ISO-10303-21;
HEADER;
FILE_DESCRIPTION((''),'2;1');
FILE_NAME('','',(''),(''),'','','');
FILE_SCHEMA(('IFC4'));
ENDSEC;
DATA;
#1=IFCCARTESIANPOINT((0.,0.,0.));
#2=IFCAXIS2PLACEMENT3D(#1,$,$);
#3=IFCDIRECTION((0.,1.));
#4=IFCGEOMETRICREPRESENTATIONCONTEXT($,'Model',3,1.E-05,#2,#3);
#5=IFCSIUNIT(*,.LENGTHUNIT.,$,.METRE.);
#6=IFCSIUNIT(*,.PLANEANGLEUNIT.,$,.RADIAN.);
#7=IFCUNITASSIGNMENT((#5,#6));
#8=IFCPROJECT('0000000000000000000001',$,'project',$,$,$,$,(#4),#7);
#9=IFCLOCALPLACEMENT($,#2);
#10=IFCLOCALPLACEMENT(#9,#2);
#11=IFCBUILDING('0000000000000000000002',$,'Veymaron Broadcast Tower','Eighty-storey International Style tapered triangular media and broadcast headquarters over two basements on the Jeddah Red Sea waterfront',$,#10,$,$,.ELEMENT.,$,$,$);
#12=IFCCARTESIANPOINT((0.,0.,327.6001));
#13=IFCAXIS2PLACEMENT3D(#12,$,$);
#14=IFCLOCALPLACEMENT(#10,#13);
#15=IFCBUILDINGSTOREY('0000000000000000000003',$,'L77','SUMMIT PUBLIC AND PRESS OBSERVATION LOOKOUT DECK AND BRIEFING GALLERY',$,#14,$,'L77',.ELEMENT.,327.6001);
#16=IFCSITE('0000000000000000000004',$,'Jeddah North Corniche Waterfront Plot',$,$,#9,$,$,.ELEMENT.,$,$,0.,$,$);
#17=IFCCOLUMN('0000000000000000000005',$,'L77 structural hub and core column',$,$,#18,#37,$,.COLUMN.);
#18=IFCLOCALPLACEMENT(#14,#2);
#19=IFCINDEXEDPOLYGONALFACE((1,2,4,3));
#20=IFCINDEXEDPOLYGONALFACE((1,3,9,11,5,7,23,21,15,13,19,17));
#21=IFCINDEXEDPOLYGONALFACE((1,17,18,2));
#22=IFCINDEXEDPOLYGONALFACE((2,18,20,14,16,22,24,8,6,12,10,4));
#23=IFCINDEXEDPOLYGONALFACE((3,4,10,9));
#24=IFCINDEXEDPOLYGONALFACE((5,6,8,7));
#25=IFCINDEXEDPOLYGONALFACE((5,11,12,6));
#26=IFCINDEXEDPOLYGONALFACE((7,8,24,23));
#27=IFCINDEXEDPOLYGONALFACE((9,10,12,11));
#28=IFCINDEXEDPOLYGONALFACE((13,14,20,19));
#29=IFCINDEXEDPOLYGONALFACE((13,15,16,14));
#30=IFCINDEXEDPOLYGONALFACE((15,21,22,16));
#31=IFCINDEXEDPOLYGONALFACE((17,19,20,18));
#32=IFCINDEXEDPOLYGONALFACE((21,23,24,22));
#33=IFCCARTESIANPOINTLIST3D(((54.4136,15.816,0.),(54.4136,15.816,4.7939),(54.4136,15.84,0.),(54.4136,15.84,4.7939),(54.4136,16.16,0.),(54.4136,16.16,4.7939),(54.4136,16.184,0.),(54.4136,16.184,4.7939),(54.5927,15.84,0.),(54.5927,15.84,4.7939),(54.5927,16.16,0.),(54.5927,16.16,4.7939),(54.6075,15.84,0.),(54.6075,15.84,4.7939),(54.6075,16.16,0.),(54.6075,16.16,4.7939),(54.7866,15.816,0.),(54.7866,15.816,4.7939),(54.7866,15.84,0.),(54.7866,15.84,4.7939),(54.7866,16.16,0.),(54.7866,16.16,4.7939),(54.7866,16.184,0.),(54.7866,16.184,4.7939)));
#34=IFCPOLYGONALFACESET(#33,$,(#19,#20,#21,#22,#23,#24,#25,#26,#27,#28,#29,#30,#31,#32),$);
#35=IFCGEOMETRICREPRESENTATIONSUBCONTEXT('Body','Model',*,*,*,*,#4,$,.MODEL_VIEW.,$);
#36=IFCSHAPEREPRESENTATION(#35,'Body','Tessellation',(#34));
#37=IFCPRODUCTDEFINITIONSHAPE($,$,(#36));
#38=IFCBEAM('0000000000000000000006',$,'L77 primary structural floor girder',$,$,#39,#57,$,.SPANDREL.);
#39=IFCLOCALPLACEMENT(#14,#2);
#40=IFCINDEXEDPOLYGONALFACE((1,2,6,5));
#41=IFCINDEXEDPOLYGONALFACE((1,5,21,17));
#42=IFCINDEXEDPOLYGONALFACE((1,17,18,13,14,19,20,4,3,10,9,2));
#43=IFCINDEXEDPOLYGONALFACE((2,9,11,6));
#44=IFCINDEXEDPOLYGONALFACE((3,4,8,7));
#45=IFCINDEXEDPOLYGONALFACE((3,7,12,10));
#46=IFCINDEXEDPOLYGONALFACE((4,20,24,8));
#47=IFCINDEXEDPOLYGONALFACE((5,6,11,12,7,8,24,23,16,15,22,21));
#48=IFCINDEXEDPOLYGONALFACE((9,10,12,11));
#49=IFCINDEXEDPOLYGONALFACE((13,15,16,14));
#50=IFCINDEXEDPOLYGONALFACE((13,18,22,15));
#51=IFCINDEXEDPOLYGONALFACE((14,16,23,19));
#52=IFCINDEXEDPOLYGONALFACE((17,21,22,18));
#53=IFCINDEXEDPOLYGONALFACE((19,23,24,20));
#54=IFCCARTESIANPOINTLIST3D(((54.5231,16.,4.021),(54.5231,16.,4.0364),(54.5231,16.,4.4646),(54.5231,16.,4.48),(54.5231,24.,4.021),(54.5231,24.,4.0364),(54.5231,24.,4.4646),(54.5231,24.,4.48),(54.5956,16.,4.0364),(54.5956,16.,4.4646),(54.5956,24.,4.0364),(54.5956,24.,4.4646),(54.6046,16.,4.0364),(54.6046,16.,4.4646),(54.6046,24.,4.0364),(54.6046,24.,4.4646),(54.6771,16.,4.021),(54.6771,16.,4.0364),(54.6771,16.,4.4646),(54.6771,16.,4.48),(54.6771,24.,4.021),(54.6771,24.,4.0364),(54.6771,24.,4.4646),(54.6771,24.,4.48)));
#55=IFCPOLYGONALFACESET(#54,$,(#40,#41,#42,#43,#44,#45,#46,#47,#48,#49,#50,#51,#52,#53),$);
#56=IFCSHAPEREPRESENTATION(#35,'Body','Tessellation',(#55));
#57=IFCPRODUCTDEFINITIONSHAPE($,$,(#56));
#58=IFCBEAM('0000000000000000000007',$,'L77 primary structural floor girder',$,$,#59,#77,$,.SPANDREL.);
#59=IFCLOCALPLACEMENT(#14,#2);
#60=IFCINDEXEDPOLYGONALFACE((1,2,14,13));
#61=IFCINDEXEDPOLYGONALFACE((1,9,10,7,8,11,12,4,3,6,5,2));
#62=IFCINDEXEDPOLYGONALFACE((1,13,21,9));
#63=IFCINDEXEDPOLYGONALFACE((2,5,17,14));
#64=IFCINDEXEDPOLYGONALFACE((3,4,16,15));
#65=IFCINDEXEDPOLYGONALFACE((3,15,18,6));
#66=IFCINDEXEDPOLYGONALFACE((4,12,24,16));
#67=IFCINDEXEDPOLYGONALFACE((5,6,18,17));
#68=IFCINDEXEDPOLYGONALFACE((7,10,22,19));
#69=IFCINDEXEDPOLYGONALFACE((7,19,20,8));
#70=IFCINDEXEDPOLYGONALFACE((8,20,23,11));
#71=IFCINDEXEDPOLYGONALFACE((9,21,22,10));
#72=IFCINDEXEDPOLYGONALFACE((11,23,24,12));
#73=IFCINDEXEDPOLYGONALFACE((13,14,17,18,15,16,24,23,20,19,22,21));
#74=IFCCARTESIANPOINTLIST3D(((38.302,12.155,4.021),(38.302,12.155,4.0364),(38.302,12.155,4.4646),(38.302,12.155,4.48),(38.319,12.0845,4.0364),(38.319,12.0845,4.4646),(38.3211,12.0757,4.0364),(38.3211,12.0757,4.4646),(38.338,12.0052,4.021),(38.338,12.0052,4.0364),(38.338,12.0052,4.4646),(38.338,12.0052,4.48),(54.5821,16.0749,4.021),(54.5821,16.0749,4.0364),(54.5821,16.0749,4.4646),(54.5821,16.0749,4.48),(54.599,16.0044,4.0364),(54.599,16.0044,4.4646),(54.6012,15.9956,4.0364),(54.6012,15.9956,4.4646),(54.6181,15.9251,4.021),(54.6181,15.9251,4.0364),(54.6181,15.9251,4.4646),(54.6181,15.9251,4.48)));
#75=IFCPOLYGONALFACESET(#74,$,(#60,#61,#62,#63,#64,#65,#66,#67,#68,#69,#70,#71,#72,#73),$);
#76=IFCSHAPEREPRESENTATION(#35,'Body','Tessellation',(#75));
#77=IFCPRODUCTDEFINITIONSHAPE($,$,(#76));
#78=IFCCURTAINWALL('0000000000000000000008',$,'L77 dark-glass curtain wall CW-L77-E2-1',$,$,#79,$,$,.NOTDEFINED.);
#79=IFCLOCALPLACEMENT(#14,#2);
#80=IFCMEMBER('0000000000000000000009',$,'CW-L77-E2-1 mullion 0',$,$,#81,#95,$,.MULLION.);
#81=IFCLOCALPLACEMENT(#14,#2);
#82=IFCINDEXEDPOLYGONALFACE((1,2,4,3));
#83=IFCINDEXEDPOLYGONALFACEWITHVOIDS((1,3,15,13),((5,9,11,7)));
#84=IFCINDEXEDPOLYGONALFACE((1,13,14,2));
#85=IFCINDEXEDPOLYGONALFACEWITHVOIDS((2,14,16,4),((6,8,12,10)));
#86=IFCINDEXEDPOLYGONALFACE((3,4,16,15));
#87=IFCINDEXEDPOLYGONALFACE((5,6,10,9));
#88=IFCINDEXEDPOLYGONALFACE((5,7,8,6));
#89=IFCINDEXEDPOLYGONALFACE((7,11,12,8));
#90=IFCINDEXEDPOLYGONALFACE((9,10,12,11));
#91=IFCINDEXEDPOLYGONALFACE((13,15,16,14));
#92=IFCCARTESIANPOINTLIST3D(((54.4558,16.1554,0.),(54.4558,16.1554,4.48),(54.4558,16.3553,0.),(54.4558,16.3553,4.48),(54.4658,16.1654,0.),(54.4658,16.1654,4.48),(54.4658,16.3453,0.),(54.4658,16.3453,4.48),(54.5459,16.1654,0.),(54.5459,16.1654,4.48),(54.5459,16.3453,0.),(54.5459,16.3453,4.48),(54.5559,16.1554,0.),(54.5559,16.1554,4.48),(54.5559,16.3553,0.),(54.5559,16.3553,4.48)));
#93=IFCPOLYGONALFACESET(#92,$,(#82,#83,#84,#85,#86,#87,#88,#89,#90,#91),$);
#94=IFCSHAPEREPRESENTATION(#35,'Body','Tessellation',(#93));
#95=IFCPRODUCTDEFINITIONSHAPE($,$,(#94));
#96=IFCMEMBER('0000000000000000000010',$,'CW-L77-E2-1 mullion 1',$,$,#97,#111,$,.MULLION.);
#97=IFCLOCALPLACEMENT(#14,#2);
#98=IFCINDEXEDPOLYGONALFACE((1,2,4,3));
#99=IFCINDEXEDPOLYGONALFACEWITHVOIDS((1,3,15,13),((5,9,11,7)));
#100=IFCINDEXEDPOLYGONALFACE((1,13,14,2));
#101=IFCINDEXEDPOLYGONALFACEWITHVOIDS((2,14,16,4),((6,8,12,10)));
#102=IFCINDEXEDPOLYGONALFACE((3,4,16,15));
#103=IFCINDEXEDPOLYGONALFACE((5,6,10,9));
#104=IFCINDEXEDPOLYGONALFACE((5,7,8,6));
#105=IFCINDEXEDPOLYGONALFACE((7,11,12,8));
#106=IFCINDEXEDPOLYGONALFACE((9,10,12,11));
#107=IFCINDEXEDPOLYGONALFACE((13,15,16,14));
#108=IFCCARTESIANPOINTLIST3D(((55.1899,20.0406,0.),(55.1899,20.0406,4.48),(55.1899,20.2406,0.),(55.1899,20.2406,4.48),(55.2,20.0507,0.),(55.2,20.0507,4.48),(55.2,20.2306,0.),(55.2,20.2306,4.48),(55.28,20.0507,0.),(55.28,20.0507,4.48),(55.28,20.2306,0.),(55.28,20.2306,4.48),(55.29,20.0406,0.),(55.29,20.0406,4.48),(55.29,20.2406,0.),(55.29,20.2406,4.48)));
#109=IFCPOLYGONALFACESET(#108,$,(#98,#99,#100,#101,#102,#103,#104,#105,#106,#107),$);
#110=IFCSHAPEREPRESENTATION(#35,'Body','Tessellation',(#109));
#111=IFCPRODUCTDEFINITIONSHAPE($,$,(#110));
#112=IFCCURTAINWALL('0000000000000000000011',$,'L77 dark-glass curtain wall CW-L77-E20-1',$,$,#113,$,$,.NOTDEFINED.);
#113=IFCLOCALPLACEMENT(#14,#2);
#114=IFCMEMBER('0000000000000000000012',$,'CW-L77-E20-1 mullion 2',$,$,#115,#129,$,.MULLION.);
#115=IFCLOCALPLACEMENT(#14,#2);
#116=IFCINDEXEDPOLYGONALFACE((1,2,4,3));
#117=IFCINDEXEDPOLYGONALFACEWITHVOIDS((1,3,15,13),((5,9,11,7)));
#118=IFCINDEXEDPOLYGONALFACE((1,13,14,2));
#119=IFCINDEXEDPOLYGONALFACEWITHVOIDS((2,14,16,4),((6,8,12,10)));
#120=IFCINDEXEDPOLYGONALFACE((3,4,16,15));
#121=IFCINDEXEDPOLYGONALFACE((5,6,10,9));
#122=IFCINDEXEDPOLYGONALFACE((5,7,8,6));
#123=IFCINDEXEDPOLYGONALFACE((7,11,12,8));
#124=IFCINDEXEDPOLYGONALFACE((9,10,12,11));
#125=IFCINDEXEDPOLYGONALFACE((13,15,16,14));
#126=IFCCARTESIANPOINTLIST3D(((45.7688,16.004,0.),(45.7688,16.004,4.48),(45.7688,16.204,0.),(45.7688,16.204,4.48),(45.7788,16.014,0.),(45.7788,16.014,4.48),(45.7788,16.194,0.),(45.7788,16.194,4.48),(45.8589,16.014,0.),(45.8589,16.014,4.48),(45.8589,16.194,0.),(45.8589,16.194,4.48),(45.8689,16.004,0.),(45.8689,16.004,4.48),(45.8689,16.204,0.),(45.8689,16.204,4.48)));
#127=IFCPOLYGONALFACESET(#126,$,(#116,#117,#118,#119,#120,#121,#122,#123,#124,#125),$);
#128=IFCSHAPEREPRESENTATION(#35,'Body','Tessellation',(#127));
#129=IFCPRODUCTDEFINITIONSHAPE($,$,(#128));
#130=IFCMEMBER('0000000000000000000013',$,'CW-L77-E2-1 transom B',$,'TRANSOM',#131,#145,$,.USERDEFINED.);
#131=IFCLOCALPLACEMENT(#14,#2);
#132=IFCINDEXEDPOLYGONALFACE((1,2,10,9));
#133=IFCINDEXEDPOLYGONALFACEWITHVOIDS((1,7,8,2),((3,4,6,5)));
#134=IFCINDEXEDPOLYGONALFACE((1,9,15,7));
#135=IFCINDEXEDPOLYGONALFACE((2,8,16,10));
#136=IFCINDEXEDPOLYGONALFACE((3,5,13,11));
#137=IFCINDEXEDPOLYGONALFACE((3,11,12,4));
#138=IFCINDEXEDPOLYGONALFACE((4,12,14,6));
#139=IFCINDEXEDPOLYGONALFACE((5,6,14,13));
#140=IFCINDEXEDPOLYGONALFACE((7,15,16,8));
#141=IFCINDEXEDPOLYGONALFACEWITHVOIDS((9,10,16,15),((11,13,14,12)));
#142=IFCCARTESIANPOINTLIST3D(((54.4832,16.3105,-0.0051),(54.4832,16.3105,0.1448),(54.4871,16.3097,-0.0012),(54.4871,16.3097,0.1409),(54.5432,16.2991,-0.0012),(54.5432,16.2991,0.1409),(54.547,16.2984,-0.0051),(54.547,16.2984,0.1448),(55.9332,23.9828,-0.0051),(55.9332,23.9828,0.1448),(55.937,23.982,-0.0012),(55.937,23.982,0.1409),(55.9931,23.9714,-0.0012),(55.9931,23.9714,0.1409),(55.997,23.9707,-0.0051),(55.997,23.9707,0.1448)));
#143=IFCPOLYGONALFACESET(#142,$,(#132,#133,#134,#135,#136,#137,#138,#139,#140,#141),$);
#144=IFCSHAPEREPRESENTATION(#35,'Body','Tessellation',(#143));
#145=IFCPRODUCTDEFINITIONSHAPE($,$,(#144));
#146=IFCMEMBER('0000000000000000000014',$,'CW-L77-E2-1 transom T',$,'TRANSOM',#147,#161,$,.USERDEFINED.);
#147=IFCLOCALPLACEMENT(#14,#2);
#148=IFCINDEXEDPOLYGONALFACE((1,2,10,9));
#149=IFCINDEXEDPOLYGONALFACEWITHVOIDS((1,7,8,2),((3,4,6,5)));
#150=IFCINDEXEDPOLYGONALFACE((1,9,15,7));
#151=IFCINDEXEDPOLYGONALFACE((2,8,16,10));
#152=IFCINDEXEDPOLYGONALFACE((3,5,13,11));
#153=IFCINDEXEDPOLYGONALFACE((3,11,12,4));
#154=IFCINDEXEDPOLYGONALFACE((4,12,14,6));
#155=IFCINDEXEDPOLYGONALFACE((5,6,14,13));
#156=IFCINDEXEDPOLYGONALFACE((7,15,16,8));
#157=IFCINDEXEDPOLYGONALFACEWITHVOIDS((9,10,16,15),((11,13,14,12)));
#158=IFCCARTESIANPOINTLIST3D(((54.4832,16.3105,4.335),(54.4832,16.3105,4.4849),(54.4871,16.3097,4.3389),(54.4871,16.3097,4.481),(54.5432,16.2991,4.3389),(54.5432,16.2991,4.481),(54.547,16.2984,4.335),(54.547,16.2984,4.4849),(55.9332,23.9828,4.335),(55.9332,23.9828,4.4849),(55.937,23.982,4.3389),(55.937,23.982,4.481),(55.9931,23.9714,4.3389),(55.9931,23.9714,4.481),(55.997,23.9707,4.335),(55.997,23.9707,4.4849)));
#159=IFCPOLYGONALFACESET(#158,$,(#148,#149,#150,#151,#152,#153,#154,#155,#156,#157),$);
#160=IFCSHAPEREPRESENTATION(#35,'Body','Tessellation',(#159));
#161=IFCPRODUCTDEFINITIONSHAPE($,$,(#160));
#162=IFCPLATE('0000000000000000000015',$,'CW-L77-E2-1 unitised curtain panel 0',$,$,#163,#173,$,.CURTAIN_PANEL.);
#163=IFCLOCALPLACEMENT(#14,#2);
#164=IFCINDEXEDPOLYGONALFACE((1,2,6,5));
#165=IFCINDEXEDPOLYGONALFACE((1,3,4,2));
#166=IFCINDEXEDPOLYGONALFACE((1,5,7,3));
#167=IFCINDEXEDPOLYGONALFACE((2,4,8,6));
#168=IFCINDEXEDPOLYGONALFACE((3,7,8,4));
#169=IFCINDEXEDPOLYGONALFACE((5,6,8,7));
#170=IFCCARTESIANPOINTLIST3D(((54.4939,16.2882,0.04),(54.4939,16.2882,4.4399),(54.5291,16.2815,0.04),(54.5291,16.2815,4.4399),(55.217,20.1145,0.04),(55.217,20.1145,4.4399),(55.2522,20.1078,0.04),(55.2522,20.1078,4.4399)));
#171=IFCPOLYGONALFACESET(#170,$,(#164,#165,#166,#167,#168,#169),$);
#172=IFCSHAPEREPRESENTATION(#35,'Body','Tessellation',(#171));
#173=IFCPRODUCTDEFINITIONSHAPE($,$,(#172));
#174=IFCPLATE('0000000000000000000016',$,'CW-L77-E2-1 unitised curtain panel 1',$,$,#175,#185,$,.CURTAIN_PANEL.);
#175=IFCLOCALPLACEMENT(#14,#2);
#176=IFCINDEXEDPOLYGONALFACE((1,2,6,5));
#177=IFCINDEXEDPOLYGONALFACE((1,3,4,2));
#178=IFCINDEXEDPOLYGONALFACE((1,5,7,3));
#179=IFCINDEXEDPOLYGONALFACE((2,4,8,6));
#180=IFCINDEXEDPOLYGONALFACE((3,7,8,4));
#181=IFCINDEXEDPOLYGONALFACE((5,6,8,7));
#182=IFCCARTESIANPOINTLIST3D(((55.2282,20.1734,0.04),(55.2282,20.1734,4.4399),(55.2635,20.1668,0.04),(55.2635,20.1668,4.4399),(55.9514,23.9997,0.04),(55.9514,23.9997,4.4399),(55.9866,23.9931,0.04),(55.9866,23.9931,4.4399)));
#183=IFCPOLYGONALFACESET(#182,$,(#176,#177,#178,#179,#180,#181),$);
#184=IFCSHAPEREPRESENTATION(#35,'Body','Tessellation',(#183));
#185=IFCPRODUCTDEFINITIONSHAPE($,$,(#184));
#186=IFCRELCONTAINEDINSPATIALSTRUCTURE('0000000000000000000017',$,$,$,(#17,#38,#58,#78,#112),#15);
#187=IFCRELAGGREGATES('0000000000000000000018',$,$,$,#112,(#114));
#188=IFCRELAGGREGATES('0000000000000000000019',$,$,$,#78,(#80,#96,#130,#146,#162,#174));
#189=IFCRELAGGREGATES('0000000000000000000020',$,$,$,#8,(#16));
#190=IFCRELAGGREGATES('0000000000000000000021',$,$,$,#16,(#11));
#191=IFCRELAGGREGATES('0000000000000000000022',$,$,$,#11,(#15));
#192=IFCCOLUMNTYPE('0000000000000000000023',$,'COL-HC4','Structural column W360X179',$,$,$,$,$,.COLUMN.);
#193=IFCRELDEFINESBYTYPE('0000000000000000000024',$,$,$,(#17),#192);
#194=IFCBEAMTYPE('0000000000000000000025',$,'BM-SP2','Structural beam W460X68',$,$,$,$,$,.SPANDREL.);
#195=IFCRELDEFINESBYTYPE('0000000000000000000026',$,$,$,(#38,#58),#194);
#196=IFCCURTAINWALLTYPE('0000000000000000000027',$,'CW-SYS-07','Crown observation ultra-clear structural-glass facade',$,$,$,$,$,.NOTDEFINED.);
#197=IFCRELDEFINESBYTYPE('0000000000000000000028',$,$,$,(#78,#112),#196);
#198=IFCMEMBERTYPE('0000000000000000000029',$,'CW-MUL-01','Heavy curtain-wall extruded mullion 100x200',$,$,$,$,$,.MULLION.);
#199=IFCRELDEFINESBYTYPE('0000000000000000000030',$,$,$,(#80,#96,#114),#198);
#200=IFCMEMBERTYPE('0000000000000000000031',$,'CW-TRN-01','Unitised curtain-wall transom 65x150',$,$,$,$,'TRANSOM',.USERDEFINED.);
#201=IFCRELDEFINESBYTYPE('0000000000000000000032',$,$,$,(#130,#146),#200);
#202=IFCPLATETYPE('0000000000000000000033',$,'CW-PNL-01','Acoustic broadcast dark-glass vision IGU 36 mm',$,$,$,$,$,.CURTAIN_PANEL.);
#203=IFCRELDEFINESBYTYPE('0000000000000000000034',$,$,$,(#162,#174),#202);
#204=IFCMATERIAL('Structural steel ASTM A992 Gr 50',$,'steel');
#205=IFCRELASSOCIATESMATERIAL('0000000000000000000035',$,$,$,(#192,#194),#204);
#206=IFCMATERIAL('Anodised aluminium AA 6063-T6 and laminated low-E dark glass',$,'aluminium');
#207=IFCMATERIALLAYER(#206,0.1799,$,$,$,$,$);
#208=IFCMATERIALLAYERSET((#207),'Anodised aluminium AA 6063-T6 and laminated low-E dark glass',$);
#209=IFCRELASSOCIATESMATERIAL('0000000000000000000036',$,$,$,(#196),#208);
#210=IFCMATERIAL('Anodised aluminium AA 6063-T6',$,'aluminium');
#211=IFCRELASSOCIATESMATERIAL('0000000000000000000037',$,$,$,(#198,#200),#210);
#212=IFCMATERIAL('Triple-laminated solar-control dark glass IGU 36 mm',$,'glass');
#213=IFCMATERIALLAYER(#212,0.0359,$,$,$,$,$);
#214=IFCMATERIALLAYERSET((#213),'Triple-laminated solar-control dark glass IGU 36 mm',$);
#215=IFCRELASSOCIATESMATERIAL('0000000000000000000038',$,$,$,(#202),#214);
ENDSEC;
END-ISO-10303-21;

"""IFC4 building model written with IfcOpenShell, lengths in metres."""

from ifc_helpers import new_model, si_unit, direction, frame, origin, origin_2d, place, context, subcontext, project, spatial, rectangle, hollow_rectangle, i_section, extrude, material, layer, layer_set, material_profile, profile_set, type_object, element, aggregate, save


model = new_model("IFC4")

# Units and contexts
model_context = context("Model", 3, precision=1e-05, world=origin(), true_north=direction((0.0, 1.0)))
body_context = subcontext(model_context, "Body", "Model", "MODEL_VIEW")
ifc_project = project(units=[si_unit("LENGTHUNIT", "METRE"), si_unit("PLANEANGLEUNIT", "RADIAN")], contexts=[model_context])

# Site, building, storey
site_placement = place(None, origin())
site = spatial("IfcSite", under=ifc_project, at=site_placement, Name="Jeddah North Corniche Waterfront Plot", CompositionType="ELEMENT", RefElevation=0.0)
building_placement = place(site_placement, origin())
building = spatial("IfcBuilding", under=site, at=building_placement, Name="Veymaron Broadcast Tower", Description="Eighty-storey International Style tapered triangular media and broadcast headquarters over two basements on the Jeddah Red Sea waterfront", CompositionType="ELEMENT")
storey_placement = place(building_placement, frame((0.0, 0.0, 327.6001)))
storey = spatial("IfcBuildingStorey", under=building, at=storey_placement, Name="L77", Description="SUMMIT PUBLIC AND PRESS OBSERVATION LOOKOUT DECK AND BRIEFING GALLERY", LongName="L77", CompositionType="ELEMENT", Elevation=327.6001)

# Column
ifc_material_1 = material(Name="Structural steel ASTM A992 Gr 50", Category="steel")
ifc_material_profile_1 = material_profile(ifc_material_1, i_section(OverallWidth=0.373, OverallDepth=0.3679, WebThickness=0.0149, FlangeThickness=0.0239, at=origin_2d()), Name="W360X179")
ifc_profile_set_1 = profile_set([ifc_material_profile_1], Name="Structural steel ASTM A992 Gr 50")
column_type = type_object("IfcColumnType", Name="COL-HC4", Description="Structural column W360X179", PredefinedType="COLUMN", material=ifc_profile_set_1)
column_placement = place(storey_placement, frame((54.6001, 16.0, 0.0), z_axis=(0.0, 0.0, 1.0), x_axis=(1.0, 0.0, 0.0)))
element("IfcColumn", 1, at=column_placement, inside=storey, type_object=column_type, Name="L77 structural hub and core column", PredefinedType="COLUMN", context=body_context, shape_type="SweptSolid", body=[
    extrude(i_section(OverallWidth=0.373, OverallDepth=0.3679, WebThickness=0.0149, FlangeThickness=0.0239, at=origin_2d()), origin(), (0.0, 0.0, 1.0), 4.7939),
])

# Beams
ifc_material_profile_2 = material_profile(ifc_material_1, i_section(OverallWidth=0.1541, OverallDepth=0.459, WebThickness=0.009, FlangeThickness=0.0154, at=origin_2d()), Name="W460X68")
ifc_profile_set_2 = profile_set([ifc_material_profile_2], Name="Structural steel ASTM A992 Gr 50")
beam_type = type_object("IfcBeamType", Name="BM-SP2", Description="Structural beam W460X68", PredefinedType="SPANDREL", material=ifc_profile_set_2)
beam_1_placement = place(storey_placement, frame((54.6001, 16.0, 4.2505), z_axis=(0.0, 1.0, 0.0), x_axis=(-1.0, 0.0, 0.0)))
element("IfcBeam", 2, at=beam_1_placement, inside=storey, type_object=beam_type, Name="L77 primary structural floor girder", PredefinedType="SPANDREL", context=body_context, shape_type="SweptSolid", body=[
    extrude(i_section(OverallWidth=0.1541, OverallDepth=0.459, WebThickness=0.009, FlangeThickness=0.0154, at=origin_2d()), origin(), (0.0, 0.0, 1.0), 8.0),
])
beam_2_placement = place(storey_placement, frame((54.6001, 16.0, 4.2505), z_axis=(-0.972215, -0.234091, 0.0), x_axis=(0.234091, -0.972215, 0.0)))
element("IfcBeam", 3, at=beam_2_placement, inside=storey, type_object=beam_type, Name="L77 primary structural floor girder", PredefinedType="SPANDREL", context=body_context, shape_type="SweptSolid", body=[
    extrude(i_section(OverallWidth=0.1541, OverallDepth=0.459, WebThickness=0.009, FlangeThickness=0.0154, at=origin_2d()), origin(), (0.0, 0.0, 1.0), 16.7454),
])

# Curtain wall, members
ifc_material_2 = material(Name="Anodised aluminium AA 6063-T6 and laminated low-E dark glass", Category="aluminium")
ifc_layer_1 = layer(ifc_material_2, 0.1799)
ifc_layer_set_1 = layer_set([ifc_layer_1], Name="Anodised aluminium AA 6063-T6 and laminated low-E dark glass")
curtain_wall_type = type_object("IfcCurtainWallType", Name="CW-SYS-07", Description="Crown observation ultra-clear structural-glass facade", PredefinedType="NOTDEFINED", material=ifc_layer_set_1)
curtain_wall_1_placement = place(storey_placement, origin())
curtain_wall_1 = element("IfcCurtainWall", 4, at=curtain_wall_1_placement, inside=storey, type_object=curtain_wall_type, Name="L77 dark-glass curtain wall CW-L77-E2-1", PredefinedType="NOTDEFINED")
ifc_material_3 = material(Name="Anodised aluminium AA 6063-T6", Category="aluminium")
ifc_material_profile_3 = material_profile(ifc_material_3, hollow_rectangle(XDim=0.1001, YDim=0.2, WallThickness=0.01, at=origin_2d()), Name="RHS200X100X10")
ifc_profile_set_3 = profile_set([ifc_material_profile_3], Name="Anodised aluminium AA 6063-T6")
member_type_1 = type_object("IfcMemberType", Name="CW-MUL-01", Description="Heavy curtain-wall extruded mullion 100x200", PredefinedType="MULLION", material=ifc_profile_set_3)
member_1_placement = place(storey_placement, frame((54.5059, 16.2554, 0.0), z_axis=(0.0, 0.0, 1.0), x_axis=(1.0, 0.0, 0.0)))
member_1 = element("IfcMember", 5, at=member_1_placement, type_object=member_type_1, Name="CW-L77-E2-1 mullion 0", PredefinedType="MULLION", context=body_context, shape_type="SweptSolid", body=[
    extrude(hollow_rectangle(XDim=0.1001, YDim=0.2, WallThickness=0.01, at=origin_2d()), origin(), (0.0, 0.0, 1.0), 4.48),
])
member_2_placement = place(storey_placement, frame((55.24, 20.1406, 0.0), z_axis=(0.0, 0.0, 1.0), x_axis=(1.0, 0.0, 0.0)))
member_2 = element("IfcMember", 6, at=member_2_placement, type_object=member_type_1, Name="CW-L77-E2-1 mullion 1", PredefinedType="MULLION", context=body_context, shape_type="SweptSolid", body=[
    extrude(hollow_rectangle(XDim=0.1001, YDim=0.2, WallThickness=0.01, at=origin_2d()), origin(), (0.0, 0.0, 1.0), 4.48),
])

# Curtain wall, member
curtain_wall_2_placement = place(storey_placement, origin())
curtain_wall_2 = element("IfcCurtainWall", 7, at=curtain_wall_2_placement, inside=storey, type_object=curtain_wall_type, Name="L77 dark-glass curtain wall CW-L77-E20-1", PredefinedType="NOTDEFINED")
member_3_placement = place(storey_placement, frame((45.8188, 16.104, 0.0), z_axis=(0.0, 0.0, 1.0), x_axis=(1.0, 0.0, 0.0)))
member_3 = element("IfcMember", 8, at=member_3_placement, type_object=member_type_1, Name="CW-L77-E20-1 mullion 2", PredefinedType="MULLION", context=body_context, shape_type="SweptSolid", body=[
    extrude(hollow_rectangle(XDim=0.1001, YDim=0.2, WallThickness=0.01, at=origin_2d()), origin(), (0.0, 0.0, 1.0), 4.48),
])
aggregate(curtain_wall_2, [member_3])

# Members
ifc_material_profile_4 = material_profile(ifc_material_3, hollow_rectangle(XDim=0.0649, YDim=0.1499, WallThickness=0.0039, at=origin_2d()), Name="AL150X65X4")
ifc_profile_set_4 = profile_set([ifc_material_profile_4], Name="Anodised aluminium AA 6063-T6")
member_type_2 = type_object("IfcMemberType", Name="CW-TRN-01", Description="Unitised curtain-wall transom 65x150", ElementType="TRANSOM", PredefinedType="USERDEFINED", material=ifc_profile_set_4)
member_4_placement = place(storey_placement, frame((54.5151, 16.3044, 0.0698), z_axis=(0.185697, 0.982607, 0.0), x_axis=(-0.982607, 0.185697, 0.0)))
member_4 = element("IfcMember", 9, at=member_4_placement, type_object=member_type_2, Name="CW-L77-E2-1 transom B", ObjectType="TRANSOM", PredefinedType="USERDEFINED", context=body_context, shape_type="SweptSolid", body=[
    extrude(hollow_rectangle(XDim=0.0649, YDim=0.1499, WallThickness=0.0039, at=origin_2d()), origin(), (0.0, 0.0, 1.0), 7.8081),
])
member_5_placement = place(storey_placement, frame((54.5151, 16.3044, 4.4099), z_axis=(0.185697, 0.982607, 0.0), x_axis=(-0.982607, 0.185697, 0.0)))
member_5 = element("IfcMember", 10, at=member_5_placement, type_object=member_type_2, Name="CW-L77-E2-1 transom T", ObjectType="TRANSOM", PredefinedType="USERDEFINED", context=body_context, shape_type="SweptSolid", body=[
    extrude(hollow_rectangle(XDim=0.0649, YDim=0.1499, WallThickness=0.0039, at=origin_2d()), origin(), (0.0, 0.0, 1.0), 7.8081),
])

# Plates
ifc_material_4 = material(Name="Triple-laminated solar-control dark glass IGU 36 mm", Category="glass")
ifc_layer_2 = layer(ifc_material_4, 0.0359)
ifc_layer_set_2 = layer_set([ifc_layer_2], Name="Triple-laminated solar-control dark glass IGU 36 mm")
plate_type = type_object("IfcPlateType", Name="CW-PNL-01", Description="Acoustic broadcast dark-glass vision IGU 36 mm", PredefinedType="CURTAIN_PANEL", material=ifc_layer_set_2)
plate_1_placement = place(storey_placement, frame((54.873, 18.198, 0.04), z_axis=(0.0, 0.0, 1.0), x_axis=(0.185701, 0.982606, 0.0)))
plate_1 = element("IfcPlate", 11, at=plate_1_placement, type_object=plate_type, Name="CW-L77-E2-1 unitised curtain panel 0", PredefinedType="CURTAIN_PANEL", context=body_context, shape_type="SweptSolid", body=[
    extrude(rectangle(XDim=3.894, YDim=0.0359, at=origin_2d()), origin(), (0.0, 0.0, 1.0), 4.3999),
])
plate_2_placement = place(storey_placement, frame((55.6074, 22.0833, 0.04), z_axis=(0.0, 0.0, 1.0), x_axis=(0.185701, 0.982606, 0.0)))
plate_2 = element("IfcPlate", 12, at=plate_2_placement, type_object=plate_type, Name="CW-L77-E2-1 unitised curtain panel 1", PredefinedType="CURTAIN_PANEL", context=body_context, shape_type="SweptSolid", body=[
    extrude(rectangle(XDim=3.894, YDim=0.0359, at=origin_2d()), origin(), (0.0, 0.0, 1.0), 4.3999),
])
aggregate(curtain_wall_1, [member_1, member_2, member_4, member_5, plate_1, plate_2])

save(model, "model.ifc")
